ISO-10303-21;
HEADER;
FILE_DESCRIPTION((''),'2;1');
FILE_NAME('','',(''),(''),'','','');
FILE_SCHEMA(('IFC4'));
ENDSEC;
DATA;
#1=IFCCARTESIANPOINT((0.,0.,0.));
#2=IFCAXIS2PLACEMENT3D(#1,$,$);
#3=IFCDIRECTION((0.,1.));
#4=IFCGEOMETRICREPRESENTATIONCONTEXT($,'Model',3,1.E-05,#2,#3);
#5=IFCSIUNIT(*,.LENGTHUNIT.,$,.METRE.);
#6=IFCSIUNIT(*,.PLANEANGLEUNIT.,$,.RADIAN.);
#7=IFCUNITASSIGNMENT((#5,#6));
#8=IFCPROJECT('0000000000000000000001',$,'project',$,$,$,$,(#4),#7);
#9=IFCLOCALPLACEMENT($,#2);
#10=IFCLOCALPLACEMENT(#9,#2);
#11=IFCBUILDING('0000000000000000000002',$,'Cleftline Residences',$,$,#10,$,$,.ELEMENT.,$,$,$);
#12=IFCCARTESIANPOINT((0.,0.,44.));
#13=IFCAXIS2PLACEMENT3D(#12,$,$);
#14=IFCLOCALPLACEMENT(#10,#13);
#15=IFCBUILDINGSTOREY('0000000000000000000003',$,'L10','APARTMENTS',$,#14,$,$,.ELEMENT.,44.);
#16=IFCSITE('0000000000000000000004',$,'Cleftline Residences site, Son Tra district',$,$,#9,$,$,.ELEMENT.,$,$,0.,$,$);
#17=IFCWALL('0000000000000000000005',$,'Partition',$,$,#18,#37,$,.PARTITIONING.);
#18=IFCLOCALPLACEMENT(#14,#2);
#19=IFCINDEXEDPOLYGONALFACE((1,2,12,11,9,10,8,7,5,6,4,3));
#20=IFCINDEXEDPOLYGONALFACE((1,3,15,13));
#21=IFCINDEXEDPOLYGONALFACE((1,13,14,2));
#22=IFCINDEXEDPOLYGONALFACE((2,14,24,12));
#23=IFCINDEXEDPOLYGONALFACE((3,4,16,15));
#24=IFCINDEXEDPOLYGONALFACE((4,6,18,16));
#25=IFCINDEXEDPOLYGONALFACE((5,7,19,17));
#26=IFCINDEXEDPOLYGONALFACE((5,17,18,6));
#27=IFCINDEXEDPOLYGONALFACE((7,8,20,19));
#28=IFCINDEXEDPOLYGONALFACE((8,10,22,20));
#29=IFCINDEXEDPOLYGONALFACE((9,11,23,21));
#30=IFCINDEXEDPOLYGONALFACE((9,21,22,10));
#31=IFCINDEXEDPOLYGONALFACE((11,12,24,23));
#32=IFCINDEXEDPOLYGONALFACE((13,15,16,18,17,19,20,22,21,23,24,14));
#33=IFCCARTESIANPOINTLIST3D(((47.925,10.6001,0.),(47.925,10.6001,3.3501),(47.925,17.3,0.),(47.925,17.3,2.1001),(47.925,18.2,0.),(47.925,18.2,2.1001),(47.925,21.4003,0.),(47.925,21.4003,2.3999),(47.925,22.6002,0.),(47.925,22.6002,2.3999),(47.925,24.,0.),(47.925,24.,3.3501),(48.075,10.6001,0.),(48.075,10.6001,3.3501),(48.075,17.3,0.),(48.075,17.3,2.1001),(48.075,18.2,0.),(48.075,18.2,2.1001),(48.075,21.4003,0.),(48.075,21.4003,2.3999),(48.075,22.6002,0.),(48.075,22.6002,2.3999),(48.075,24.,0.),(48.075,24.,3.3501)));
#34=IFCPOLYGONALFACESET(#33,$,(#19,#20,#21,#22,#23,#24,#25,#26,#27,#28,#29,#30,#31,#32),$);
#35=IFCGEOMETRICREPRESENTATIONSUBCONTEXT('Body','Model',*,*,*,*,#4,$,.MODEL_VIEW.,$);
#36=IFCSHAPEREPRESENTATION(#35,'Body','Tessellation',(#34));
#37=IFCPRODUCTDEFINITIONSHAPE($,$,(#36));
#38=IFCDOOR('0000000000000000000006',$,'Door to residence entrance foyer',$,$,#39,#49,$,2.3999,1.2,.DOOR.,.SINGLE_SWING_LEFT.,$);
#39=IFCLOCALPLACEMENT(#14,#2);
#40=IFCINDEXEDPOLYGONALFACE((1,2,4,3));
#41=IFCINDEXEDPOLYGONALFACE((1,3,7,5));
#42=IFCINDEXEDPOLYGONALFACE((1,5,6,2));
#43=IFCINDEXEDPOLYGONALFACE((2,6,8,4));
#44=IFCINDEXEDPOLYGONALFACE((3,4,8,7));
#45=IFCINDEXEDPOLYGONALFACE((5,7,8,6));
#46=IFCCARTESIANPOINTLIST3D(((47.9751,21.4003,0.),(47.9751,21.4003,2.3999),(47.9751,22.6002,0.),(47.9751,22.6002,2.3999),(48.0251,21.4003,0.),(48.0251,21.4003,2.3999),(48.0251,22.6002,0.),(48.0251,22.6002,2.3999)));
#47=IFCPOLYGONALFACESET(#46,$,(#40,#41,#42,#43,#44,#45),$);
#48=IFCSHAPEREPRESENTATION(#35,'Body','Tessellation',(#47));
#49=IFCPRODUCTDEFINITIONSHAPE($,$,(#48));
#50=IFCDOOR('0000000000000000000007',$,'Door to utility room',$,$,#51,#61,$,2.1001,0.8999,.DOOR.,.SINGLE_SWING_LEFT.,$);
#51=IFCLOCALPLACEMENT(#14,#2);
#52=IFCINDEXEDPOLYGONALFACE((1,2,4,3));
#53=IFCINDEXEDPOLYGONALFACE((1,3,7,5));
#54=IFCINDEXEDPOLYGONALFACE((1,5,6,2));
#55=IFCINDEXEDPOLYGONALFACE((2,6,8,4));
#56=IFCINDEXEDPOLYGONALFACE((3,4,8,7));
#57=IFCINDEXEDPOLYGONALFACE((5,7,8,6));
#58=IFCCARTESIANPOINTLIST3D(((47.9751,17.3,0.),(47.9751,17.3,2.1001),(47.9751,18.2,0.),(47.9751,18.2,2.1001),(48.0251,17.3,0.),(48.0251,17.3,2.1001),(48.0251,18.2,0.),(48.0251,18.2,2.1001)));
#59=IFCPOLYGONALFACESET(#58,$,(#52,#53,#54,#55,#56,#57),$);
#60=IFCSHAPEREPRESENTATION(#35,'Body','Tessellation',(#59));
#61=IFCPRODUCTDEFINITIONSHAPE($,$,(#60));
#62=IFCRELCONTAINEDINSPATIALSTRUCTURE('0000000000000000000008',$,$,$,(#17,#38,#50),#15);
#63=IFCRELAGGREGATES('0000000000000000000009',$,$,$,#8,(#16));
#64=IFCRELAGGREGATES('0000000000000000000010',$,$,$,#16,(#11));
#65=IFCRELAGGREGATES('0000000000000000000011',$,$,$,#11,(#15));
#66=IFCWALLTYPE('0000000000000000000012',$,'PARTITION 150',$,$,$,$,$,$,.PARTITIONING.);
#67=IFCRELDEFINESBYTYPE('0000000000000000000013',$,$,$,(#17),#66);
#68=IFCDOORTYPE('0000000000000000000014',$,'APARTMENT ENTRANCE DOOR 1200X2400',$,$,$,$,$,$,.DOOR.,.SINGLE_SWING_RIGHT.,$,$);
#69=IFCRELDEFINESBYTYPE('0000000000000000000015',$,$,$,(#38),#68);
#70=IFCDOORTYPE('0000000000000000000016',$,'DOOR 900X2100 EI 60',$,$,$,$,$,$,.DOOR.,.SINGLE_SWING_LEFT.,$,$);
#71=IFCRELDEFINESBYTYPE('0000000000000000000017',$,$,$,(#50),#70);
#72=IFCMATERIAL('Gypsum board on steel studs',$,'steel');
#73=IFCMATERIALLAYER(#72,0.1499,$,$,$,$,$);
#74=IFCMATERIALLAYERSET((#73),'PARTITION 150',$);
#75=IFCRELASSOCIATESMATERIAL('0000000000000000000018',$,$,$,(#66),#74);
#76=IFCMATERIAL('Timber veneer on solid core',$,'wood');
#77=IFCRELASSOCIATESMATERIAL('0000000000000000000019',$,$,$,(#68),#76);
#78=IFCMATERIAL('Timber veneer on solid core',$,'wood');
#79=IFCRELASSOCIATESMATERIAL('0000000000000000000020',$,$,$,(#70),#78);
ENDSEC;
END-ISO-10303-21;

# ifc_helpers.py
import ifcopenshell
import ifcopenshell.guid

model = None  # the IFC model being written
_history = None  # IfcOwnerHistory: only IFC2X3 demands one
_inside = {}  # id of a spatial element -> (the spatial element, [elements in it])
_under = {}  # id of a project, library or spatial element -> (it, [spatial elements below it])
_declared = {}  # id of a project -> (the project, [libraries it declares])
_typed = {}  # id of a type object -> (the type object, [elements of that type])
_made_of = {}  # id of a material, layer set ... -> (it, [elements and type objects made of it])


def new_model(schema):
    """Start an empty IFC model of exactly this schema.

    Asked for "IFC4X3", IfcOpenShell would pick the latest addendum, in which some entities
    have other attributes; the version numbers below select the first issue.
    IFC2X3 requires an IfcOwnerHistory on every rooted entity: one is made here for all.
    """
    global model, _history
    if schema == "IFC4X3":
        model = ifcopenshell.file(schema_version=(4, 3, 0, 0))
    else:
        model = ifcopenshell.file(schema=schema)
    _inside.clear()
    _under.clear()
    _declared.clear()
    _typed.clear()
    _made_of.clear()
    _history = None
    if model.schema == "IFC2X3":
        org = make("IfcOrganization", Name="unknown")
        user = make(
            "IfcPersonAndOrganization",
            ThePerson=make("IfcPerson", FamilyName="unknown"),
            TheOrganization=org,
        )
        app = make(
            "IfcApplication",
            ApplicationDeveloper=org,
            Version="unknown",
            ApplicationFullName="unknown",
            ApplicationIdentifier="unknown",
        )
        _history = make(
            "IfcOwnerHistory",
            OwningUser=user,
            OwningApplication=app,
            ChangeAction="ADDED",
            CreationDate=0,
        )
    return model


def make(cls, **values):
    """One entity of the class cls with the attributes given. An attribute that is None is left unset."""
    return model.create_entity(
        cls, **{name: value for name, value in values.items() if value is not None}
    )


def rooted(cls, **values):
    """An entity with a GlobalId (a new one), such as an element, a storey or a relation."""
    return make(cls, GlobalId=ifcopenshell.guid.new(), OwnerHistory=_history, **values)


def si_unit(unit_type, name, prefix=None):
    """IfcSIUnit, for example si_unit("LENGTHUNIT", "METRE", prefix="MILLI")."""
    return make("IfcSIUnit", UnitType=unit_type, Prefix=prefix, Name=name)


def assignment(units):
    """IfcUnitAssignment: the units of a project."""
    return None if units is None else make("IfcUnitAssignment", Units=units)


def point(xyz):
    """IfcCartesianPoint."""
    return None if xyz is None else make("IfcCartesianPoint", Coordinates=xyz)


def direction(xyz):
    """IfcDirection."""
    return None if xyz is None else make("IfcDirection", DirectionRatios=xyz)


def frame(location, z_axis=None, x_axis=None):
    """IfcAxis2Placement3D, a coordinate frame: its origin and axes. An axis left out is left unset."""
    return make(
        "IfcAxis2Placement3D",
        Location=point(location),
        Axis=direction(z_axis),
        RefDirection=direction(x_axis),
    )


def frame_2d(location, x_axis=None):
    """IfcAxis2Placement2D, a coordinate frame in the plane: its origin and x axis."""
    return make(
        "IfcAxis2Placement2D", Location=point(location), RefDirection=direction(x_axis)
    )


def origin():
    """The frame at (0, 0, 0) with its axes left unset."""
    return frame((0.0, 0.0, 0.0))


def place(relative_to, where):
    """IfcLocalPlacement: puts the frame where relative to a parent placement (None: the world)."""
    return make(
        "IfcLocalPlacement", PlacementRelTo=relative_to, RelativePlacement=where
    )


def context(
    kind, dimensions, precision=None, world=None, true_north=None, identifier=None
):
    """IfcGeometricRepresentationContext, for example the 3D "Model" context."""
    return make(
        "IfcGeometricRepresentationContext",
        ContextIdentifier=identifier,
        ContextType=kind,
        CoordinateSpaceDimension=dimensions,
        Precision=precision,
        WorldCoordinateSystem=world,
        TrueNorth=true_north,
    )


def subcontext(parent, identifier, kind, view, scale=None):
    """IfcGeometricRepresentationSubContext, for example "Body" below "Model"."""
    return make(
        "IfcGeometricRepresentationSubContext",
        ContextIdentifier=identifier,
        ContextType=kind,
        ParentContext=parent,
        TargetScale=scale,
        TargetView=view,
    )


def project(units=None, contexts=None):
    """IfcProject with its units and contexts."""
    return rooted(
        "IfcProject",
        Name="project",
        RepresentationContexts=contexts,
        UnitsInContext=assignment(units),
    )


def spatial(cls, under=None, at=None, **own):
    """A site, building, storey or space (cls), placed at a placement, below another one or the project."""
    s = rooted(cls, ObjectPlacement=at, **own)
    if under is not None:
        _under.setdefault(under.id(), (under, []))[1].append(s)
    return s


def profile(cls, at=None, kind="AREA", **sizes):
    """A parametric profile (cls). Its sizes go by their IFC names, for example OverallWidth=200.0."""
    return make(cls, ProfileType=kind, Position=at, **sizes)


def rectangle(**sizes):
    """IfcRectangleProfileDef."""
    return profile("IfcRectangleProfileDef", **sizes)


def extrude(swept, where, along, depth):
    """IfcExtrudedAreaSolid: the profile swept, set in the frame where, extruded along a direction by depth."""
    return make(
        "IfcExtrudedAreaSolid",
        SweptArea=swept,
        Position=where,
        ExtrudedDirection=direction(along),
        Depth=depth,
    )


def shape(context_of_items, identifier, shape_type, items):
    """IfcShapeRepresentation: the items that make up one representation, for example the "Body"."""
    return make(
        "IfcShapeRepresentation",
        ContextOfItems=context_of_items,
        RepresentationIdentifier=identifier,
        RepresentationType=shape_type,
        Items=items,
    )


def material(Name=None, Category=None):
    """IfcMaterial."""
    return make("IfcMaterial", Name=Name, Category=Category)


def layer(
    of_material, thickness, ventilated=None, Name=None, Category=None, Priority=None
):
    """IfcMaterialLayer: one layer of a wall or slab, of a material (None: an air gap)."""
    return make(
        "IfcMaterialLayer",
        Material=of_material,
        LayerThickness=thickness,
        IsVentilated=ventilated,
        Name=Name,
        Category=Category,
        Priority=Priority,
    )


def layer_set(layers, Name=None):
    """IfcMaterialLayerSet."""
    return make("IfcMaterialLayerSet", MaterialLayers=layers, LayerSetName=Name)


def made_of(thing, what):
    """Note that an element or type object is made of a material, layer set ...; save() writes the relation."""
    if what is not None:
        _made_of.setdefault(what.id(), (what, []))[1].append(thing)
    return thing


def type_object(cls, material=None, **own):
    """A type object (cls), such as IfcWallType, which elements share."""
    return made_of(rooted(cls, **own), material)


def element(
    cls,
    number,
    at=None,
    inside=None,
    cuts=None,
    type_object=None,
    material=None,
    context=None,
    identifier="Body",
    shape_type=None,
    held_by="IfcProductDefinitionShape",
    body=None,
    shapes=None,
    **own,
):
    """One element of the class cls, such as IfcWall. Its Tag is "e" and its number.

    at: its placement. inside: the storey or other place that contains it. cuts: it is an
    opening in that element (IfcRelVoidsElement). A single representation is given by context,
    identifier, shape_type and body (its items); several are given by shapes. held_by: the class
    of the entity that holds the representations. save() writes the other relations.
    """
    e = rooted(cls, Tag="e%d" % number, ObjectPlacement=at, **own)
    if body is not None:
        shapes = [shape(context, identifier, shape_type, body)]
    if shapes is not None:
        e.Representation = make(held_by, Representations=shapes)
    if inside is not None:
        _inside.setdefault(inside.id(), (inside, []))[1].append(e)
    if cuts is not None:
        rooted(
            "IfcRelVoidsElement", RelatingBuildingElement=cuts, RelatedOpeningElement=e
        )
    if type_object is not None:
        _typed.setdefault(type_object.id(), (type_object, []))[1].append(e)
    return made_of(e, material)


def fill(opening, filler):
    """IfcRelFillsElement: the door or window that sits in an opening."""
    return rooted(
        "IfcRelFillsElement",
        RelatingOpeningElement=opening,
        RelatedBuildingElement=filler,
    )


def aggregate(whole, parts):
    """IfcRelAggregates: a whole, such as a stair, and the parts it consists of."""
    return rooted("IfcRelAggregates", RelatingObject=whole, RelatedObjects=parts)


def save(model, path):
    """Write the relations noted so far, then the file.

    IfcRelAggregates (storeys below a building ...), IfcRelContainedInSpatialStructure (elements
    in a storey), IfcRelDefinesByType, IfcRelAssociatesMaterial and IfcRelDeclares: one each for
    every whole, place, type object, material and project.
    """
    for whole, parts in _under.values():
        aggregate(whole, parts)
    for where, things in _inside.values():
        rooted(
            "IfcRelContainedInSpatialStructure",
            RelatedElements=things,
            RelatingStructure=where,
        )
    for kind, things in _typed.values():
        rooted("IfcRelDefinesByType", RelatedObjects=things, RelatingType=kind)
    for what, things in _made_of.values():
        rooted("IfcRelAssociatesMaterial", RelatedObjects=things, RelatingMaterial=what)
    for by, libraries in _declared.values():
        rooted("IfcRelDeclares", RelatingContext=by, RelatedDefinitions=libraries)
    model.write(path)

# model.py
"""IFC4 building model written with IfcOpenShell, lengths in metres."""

from ifc_helpers import new_model, si_unit, direction, frame, frame_2d, origin, place, context, subcontext, project, spatial, rectangle, extrude, material, layer, layer_set, type_object, element, fill, save


model = new_model("IFC4")

# Units and contexts
model_context = context("Model", 3, precision=1e-05, world=origin(), true_north=direction((0.0, 1.0)))
body_context = subcontext(model_context, "Body", "Model", "MODEL_VIEW")
ifc_project = project(units=[si_unit("LENGTHUNIT", "METRE"), si_unit("PLANEANGLEUNIT", "RADIAN")], contexts=[model_context])

# Site, building, storey
site_placement = place(None, origin())
site = spatial("IfcSite", under=ifc_project, at=site_placement, Name="Cleftline Residences site, Son Tra district", CompositionType="ELEMENT", RefElevation=0.0)
building_placement = place(site_placement, origin())
building = spatial("IfcBuilding", under=site, at=building_placement, Name="Cleftline Residences", CompositionType="ELEMENT")
storey_placement = place(building_placement, frame((0.0, 0.0, 44.0)))
storey = spatial("IfcBuildingStorey", under=building, at=storey_placement, Name="L10", Description="APARTMENTS", CompositionType="ELEMENT", Elevation=44.0)

# Shared definitions
ifc_material_1 = material(Name="Gypsum board on steel studs", Category="steel")
ifc_layer_1 = layer(ifc_material_1, 0.1499)
ifc_layer_set_1 = layer_set([ifc_layer_1], Name="PARTITION 150")
wall_type = type_object("IfcWallType", Name="PARTITION 150", PredefinedType="PARTITIONING", material=ifc_layer_set_1)

# Wall, openings, doors
wall_1_placement = place(storey_placement, frame((48.0, 10.6001, 0.0), z_axis=(0.0, 0.0, 1.0), x_axis=(0.0, 1.0, 0.0)))
wall_1 = element("IfcWall", 1, at=wall_1_placement, inside=storey, type_object=wall_type, Name="Partition", PredefinedType="PARTITIONING", context=body_context, shape_type="SweptSolid", body=[
    extrude(rectangle(XDim=13.3999, YDim=0.1499, at=frame_2d((6.7, 0.0))), origin(), (0.0, 0.0, 1.0), 3.3501),
])
opening_1_placement = place(wall_1_placement, frame((10.8, 0.0, 0.0)))
opening_1 = element("IfcOpeningElement", 2, at=opening_1_placement, cuts=wall_1, PredefinedType="OPENING", context=body_context, shape_type="SweptSolid", body=[
    extrude(rectangle(XDim=1.2, YDim=2.3999, at=frame_2d((0.6001, 1.2))), frame((0.0, 0.085, 0.0), z_axis=(0.0, -1.0, 0.0), x_axis=(1.0, 0.0, 0.0)), (0.0, 0.0, 1.0), 0.1699),
])
opening_2_placement = place(wall_1_placement, frame((6.7, 0.0, 0.0)))
opening_2 = element("IfcOpeningElement", 3, at=opening_2_placement, cuts=wall_1, PredefinedType="OPENING", context=body_context, shape_type="SweptSolid", body=[
    extrude(rectangle(XDim=0.8999, YDim=2.1001, at=frame_2d((0.45, 1.05))), frame((0.0, 0.085, 0.0), z_axis=(0.0, -1.0, 0.0), x_axis=(1.0, 0.0, 0.0)), (0.0, 0.0, 1.0), 0.1699),
])
ifc_material_2 = material(Name="Timber veneer on solid core", Category="wood")
door_type_1 = type_object("IfcDoorType", Name="APARTMENT ENTRANCE DOOR 1200X2400", OperationType="SINGLE_SWING_RIGHT", PredefinedType="DOOR", material=ifc_material_2)
door_1_placement = place(opening_1_placement, origin())
door_1 = element("IfcDoor", 4, at=door_1_placement, inside=storey, type_object=door_type_1, Name="Door to residence entrance foyer", OperationType="SINGLE_SWING_LEFT", OverallHeight=2.3999, OverallWidth=1.2, PredefinedType="DOOR", context=body_context, shape_type="SweptSolid", body=[
    extrude(rectangle(XDim=1.2, YDim=2.3999, at=frame_2d((0.6001, 1.2))), frame((0.0, 0.0249, 0.0), z_axis=(0.0, -1.0, 0.0), x_axis=(1.0, 0.0, 0.0)), (0.0, 0.0, 1.0), 0.05),
])
fill(opening_1, door_1)
ifc_material_3 = material(Name="Timber veneer on solid core", Category="wood")
door_type_2 = type_object("IfcDoorType", Name="DOOR 900X2100 EI 60", OperationType="SINGLE_SWING_LEFT", PredefinedType="DOOR", material=ifc_material_3)
door_2_placement = place(opening_2_placement, origin())
door_2 = element("IfcDoor", 5, at=door_2_placement, inside=storey, type_object=door_type_2, Name="Door to utility room", OperationType="SINGLE_SWING_LEFT", OverallHeight=2.1001, OverallWidth=0.8999, PredefinedType="DOOR", context=body_context, shape_type="SweptSolid", body=[
    extrude(rectangle(XDim=0.8999, YDim=2.1001, at=frame_2d((0.45, 1.05))), frame((0.0, 0.0249, 0.0), z_axis=(0.0, -1.0, 0.0), x_axis=(1.0, 0.0, 0.0)), (0.0, 0.0, 1.0), 0.05),
])
fill(opening_2, door_2)

save(model, "model.ifc")
